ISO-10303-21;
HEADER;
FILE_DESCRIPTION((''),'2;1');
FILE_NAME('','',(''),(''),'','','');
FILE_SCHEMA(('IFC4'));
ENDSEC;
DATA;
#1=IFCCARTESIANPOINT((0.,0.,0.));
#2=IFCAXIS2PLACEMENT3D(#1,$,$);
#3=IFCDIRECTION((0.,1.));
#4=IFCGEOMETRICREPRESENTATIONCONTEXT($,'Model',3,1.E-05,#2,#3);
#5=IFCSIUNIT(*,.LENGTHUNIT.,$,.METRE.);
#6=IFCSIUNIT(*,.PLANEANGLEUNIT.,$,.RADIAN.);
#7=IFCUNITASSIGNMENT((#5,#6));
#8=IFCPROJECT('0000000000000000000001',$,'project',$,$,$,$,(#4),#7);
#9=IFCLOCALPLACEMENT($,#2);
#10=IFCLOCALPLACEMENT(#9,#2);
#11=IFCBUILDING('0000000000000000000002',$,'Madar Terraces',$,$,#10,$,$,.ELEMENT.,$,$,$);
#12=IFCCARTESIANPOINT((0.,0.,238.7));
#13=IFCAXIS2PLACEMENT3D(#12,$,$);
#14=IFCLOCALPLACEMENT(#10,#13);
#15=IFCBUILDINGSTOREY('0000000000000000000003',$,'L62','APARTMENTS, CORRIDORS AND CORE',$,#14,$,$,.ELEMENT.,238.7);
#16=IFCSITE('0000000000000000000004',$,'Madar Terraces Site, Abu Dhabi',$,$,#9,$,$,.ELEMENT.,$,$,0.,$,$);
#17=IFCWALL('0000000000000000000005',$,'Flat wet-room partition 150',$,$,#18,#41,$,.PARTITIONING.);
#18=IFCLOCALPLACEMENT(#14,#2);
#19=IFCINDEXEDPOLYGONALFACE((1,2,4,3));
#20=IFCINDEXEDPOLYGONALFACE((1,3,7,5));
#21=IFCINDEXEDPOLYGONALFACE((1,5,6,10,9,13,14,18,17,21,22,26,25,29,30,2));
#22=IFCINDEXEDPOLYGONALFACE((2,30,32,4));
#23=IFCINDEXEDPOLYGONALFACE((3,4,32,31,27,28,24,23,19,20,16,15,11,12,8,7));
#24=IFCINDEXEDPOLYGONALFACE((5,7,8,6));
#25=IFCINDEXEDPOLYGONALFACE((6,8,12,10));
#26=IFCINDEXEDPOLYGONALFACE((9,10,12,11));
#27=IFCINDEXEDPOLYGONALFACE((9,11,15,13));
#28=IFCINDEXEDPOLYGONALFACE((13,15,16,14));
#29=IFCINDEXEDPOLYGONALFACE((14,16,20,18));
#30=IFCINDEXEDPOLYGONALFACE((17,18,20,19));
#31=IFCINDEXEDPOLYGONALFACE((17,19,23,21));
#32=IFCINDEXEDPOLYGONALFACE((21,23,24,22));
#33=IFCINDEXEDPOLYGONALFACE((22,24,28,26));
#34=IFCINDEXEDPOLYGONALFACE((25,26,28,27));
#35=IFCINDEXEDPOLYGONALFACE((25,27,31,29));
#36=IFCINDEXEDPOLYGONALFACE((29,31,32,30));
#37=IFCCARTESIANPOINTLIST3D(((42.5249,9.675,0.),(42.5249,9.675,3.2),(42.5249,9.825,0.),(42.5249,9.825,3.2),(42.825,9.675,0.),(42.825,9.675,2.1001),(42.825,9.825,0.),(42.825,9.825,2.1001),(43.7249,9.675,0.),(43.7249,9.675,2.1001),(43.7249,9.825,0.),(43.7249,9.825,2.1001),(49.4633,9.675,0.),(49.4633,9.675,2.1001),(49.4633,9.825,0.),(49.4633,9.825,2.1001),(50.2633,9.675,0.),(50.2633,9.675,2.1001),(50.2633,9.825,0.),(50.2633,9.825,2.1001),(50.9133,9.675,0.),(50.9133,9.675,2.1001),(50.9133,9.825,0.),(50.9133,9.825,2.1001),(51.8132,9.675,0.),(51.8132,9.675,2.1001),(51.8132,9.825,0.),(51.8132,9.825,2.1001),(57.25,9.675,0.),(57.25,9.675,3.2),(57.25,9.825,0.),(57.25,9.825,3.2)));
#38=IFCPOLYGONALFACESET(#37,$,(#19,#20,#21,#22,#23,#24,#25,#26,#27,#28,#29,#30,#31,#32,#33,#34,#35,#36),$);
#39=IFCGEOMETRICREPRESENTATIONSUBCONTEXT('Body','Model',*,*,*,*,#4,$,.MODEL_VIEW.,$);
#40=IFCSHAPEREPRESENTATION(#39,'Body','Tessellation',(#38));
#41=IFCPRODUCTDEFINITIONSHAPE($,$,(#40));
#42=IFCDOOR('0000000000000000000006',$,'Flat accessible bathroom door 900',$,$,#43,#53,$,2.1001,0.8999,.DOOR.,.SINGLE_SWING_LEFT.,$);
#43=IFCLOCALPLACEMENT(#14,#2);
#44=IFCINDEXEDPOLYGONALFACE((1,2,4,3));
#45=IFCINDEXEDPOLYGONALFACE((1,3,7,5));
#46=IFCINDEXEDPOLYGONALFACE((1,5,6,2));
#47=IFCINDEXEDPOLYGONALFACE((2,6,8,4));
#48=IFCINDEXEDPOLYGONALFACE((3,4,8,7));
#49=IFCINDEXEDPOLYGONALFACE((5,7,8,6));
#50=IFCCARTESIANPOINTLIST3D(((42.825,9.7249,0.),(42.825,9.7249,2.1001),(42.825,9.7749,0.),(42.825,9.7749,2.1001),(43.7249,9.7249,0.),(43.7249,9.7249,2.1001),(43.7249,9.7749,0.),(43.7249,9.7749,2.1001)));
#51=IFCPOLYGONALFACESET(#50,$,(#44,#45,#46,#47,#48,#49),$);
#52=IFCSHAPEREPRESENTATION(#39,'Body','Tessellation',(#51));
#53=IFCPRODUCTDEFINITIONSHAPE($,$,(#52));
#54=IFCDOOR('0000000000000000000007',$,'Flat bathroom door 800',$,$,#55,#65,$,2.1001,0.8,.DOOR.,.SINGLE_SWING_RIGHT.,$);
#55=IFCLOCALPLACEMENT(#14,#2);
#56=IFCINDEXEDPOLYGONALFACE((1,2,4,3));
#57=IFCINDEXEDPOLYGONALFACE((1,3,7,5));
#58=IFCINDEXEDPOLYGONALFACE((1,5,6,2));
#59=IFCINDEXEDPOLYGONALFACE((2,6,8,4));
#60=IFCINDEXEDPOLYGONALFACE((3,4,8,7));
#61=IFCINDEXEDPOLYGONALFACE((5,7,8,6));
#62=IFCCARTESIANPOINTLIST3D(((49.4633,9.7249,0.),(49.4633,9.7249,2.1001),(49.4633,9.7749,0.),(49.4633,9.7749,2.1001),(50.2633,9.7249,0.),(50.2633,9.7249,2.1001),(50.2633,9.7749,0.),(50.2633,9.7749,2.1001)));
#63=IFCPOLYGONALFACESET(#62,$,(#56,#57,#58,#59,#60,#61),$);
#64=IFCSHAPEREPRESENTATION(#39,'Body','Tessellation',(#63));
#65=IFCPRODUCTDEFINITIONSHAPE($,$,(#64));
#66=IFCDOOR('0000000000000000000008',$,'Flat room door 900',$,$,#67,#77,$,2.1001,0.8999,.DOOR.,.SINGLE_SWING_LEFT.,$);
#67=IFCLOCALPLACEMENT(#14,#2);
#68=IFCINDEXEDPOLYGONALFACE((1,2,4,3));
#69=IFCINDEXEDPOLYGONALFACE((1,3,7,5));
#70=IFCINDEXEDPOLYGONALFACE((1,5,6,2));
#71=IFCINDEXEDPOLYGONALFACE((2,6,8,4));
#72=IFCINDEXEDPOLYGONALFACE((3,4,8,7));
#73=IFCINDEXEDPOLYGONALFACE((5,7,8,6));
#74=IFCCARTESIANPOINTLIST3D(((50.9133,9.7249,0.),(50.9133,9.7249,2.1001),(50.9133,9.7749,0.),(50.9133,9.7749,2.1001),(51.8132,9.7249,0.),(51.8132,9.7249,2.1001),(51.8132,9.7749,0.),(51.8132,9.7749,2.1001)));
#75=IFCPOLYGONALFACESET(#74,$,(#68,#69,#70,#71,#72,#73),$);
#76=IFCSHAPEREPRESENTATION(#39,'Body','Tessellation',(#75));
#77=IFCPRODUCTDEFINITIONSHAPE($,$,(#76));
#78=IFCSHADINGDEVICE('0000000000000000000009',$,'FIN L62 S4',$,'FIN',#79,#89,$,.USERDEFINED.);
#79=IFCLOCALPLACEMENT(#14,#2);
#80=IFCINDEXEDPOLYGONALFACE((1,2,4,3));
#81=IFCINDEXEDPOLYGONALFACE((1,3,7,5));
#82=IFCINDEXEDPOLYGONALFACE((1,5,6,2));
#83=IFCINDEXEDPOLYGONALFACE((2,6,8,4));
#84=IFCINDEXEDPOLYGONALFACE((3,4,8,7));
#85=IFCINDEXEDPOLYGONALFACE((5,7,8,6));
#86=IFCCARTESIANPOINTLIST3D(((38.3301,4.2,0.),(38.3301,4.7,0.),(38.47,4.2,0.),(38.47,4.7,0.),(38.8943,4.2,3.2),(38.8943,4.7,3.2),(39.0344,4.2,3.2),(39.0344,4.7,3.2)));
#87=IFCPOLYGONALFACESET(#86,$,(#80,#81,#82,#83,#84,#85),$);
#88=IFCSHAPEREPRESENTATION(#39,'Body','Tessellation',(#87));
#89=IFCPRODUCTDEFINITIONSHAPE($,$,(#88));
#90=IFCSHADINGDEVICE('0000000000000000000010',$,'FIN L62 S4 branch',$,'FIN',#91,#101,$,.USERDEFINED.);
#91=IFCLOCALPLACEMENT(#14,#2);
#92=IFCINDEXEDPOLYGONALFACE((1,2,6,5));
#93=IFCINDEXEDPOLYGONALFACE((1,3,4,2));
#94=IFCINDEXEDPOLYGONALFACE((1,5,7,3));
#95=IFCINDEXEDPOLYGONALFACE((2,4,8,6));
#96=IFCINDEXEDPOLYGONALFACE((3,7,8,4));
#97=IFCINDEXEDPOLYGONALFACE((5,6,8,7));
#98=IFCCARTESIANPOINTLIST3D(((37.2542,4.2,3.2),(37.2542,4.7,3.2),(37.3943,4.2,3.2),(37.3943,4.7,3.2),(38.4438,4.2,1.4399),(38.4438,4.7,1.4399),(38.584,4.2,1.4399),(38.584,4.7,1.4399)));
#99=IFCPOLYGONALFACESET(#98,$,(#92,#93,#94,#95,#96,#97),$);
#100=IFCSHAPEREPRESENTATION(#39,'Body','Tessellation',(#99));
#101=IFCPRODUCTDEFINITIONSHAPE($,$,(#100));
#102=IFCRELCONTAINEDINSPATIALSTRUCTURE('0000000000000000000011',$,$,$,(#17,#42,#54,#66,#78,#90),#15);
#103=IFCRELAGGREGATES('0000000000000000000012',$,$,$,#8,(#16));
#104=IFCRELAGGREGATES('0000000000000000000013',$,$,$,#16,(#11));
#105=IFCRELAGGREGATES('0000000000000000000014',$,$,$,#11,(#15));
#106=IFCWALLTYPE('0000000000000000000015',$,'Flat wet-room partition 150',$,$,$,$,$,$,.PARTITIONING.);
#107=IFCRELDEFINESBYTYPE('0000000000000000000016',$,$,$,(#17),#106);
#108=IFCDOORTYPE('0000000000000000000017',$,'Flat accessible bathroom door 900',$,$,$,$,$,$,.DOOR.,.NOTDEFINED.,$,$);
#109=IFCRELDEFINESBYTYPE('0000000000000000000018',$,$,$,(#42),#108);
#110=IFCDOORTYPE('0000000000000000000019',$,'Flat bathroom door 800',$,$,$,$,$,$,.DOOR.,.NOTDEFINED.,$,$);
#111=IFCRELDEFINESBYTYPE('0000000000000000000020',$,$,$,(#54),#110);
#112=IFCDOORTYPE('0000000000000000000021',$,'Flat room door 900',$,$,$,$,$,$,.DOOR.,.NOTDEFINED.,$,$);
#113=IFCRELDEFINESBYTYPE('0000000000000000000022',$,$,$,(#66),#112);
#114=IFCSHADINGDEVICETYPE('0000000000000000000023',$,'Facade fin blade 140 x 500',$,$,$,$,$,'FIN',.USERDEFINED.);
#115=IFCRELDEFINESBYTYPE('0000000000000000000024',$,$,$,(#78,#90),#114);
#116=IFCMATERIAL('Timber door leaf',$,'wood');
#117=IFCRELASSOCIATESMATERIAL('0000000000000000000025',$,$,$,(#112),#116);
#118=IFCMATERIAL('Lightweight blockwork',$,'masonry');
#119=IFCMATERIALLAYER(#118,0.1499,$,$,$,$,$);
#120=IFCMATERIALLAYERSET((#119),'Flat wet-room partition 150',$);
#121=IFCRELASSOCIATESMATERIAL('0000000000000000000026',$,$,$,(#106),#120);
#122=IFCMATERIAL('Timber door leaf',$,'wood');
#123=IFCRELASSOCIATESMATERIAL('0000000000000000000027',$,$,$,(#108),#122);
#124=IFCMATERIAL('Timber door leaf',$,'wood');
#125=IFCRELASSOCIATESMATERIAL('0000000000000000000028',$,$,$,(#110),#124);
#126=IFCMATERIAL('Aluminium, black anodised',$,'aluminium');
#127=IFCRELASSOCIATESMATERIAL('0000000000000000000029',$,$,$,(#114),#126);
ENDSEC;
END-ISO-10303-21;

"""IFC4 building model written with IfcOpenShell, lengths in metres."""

from ifc_helpers import new_model, si_unit, direction, frame, frame_2d, origin, place, context, subcontext, project, spatial, polyline, rectangle, outline, extrude, material, layer, layer_set, type_object, element, fill, save


model = new_model("IFC4")

# Units and contexts
model_context = context("Model", 3, precision=1e-05, world=origin(), true_north=direction((0.0, 1.0)))
body_context = subcontext(model_context, "Body", "Model", "MODEL_VIEW")
ifc_project = project(units=[si_unit("LENGTHUNIT", "METRE"), si_unit("PLANEANGLEUNIT", "RADIAN")], contexts=[model_context])

# Site, building, storey
site_placement = place(None, origin())
site = spatial("IfcSite", under=ifc_project, at=site_placement, Name="Madar Terraces Site, Abu Dhabi", CompositionType="ELEMENT", RefElevation=0.0)
building_placement = place(site_placement, origin())
building = spatial("IfcBuilding", under=site, at=building_placement, Name="Madar Terraces", CompositionType="ELEMENT")
storey_placement = place(building_placement, frame((0.0, 0.0, 238.7)))
storey = spatial("IfcBuildingStorey", under=building, at=storey_placement, Name="L62", Description="APARTMENTS, CORRIDORS AND CORE", CompositionType="ELEMENT", Elevation=238.7)

# Shared definitions
ifc_material_1 = material(Name="Timber door leaf", Category="wood")
door_type_1 = type_object("IfcDoorType", Name="Flat room door 900", OperationType="NOTDEFINED", PredefinedType="DOOR", material=ifc_material_1)

# Shared definitions
ifc_material_2 = material(Name="Lightweight blockwork", Category="masonry")
ifc_layer_1 = layer(ifc_material_2, 0.1499)
ifc_layer_set_1 = layer_set([ifc_layer_1], Name="Flat wet-room partition 150")
wall_type_1 = type_object("IfcWallType", Name="Flat wet-room partition 150", PredefinedType="PARTITIONING", material=ifc_layer_set_1)

# Wall, openings, doors
wall_1_placement = place(storey_placement, frame((42.5249, 9.75, 0.0), z_axis=(0.0, 0.0, 1.0), x_axis=(1.0, 0.0, 0.0)))
wall_1 = element("IfcWall", 1, at=wall_1_placement, inside=storey, type_object=wall_type_1, Name="Flat wet-room partition 150", PredefinedType="PARTITIONING", context=body_context, shape_type="SweptSolid", body=[
    extrude(rectangle(XDim=14.7251, YDim=0.1499, at=frame_2d((7.3625, 0.0))), origin(), (0.0, 0.0, 1.0), 3.2),
])
opening_1_placement = place(wall_1_placement, frame((0.3, 0.0, 0.0)))
opening_1 = element("IfcOpeningElement", 2, at=opening_1_placement, cuts=wall_1, PredefinedType="OPENING", context=body_context, shape_type="SweptSolid", body=[
    extrude(rectangle(XDim=0.8999, YDim=2.1001, at=frame_2d((0.45, 1.05))), frame((0.0, 0.085, 0.0), z_axis=(0.0, -1.0, 0.0), x_axis=(1.0, 0.0, 0.0)), (0.0, 0.0, 1.0), 0.1699),
])
opening_2_placement = place(wall_1_placement, frame((6.9385, 0.0, 0.0)))
opening_2 = element("IfcOpeningElement", 3, at=opening_2_placement, cuts=wall_1, PredefinedType="OPENING", context=body_context, shape_type="SweptSolid", body=[
    extrude(rectangle(XDim=0.8, YDim=2.1001, at=frame_2d((0.3999, 1.05))), frame((0.0, 0.085, 0.0), z_axis=(0.0, -1.0, 0.0), x_axis=(1.0, 0.0, 0.0)), (0.0, 0.0, 1.0), 0.1699),
])
opening_3_placement = place(wall_1_placement, frame((8.3884, 0.0, 0.0)))
opening_3 = element("IfcOpeningElement", 4, at=opening_3_placement, cuts=wall_1, PredefinedType="OPENING", context=body_context, shape_type="SweptSolid", body=[
    extrude(rectangle(XDim=0.8999, YDim=2.1001, at=frame_2d((0.45, 1.05))), frame((0.0, 0.085, 0.0), z_axis=(0.0, -1.0, 0.0), x_axis=(1.0, 0.0, 0.0)), (0.0, 0.0, 1.0), 0.1699),
])
ifc_material_3 = material(Name="Timber door leaf", Category="wood")
door_type_2 = type_object("IfcDoorType", Name="Flat accessible bathroom door 900", OperationType="NOTDEFINED", PredefinedType="DOOR", material=ifc_material_3)
door_1_placement = place(opening_1_placement, origin())
door_1 = element("IfcDoor", 5, at=door_1_placement, inside=storey, type_object=door_type_2, Name="Flat accessible bathroom door 900", OperationType="SINGLE_SWING_LEFT", OverallHeight=2.1001, OverallWidth=0.8999, PredefinedType="DOOR", context=body_context, shape_type="SweptSolid", body=[
    extrude(rectangle(XDim=0.8999, YDim=2.1001, at=frame_2d((0.45, 1.05))), frame((0.0, 0.0249, 0.0), z_axis=(0.0, -1.0, 0.0), x_axis=(1.0, 0.0, 0.0)), (0.0, 0.0, 1.0), 0.05),
])
fill(opening_1, door_1)
ifc_material_4 = material(Name="Timber door leaf", Category="wood")
door_type_3 = type_object("IfcDoorType", Name="Flat bathroom door 800", OperationType="NOTDEFINED", PredefinedType="DOOR", material=ifc_material_4)
door_2_placement = place(opening_2_placement, origin())
door_2 = element("IfcDoor", 6, at=door_2_placement, inside=storey, type_object=door_type_3, Name="Flat bathroom door 800", OperationType="SINGLE_SWING_RIGHT", OverallHeight=2.1001, OverallWidth=0.8, PredefinedType="DOOR", context=body_context, shape_type="SweptSolid", body=[
    extrude(rectangle(XDim=0.8, YDim=2.1001, at=frame_2d((0.3999, 1.05))), frame((0.0, 0.0249, 0.0), z_axis=(0.0, -1.0, 0.0), x_axis=(1.0, 0.0, 0.0)), (0.0, 0.0, 1.0), 0.05),
])
fill(opening_2, door_2)
door_3_placement = place(opening_3_placement, origin())
door_3 = element("IfcDoor", 7, at=door_3_placement, inside=storey, type_object=door_type_1, Name="Flat room door 900", OperationType="SINGLE_SWING_LEFT", OverallHeight=2.1001, OverallWidth=0.8999, PredefinedType="DOOR", context=body_context, shape_type="SweptSolid", body=[
    extrude(rectangle(XDim=0.8999, YDim=2.1001, at=frame_2d((0.45, 1.05))), frame((0.0, 0.0249, 0.0), z_axis=(0.0, -1.0, 0.0), x_axis=(1.0, 0.0, 0.0)), (0.0, 0.0, 1.0), 0.05),
])
fill(opening_3, door_3)

# Shading devices
ifc_material_5 = material(Name="Aluminium, black anodised", Category="aluminium")
shading_device_type = type_object("IfcShadingDeviceType", Name="Facade fin blade 140 x 500", ElementType="FIN", PredefinedType="USERDEFINED", material=ifc_material_5)
shading_device_1_placement = place(storey_placement, frame((38.3301, 4.45, 0.0), z_axis=(0.0, 0.0, 1.0), x_axis=(1.0, 0.0, 0.0)))
element("IfcShadingDevice", 8, at=shading_device_1_placement, inside=storey, type_object=shading_device_type, Name="FIN L62 S4", ObjectType="FIN", PredefinedType="USERDEFINED", context=body_context, shape_type="SweptSolid", body=[
    extrude(outline(polyline([(0.0, 0.0), (0.1399, 0.0), (0.7043, 3.2), (0.5642, 3.2), (0.0, 0.0)])), frame((0.0, 0.25, 0.0), z_axis=(0.0, -1.0, 0.0), x_axis=(1.0, 0.0, 0.0)), (0.0, 0.0, 1.0), 0.5),
])
shading_device_2_placement = place(storey_placement, frame((38.4438, 4.45, 1.4399), z_axis=(0.0, 0.0, 1.0), x_axis=(1.0, 0.0, 0.0)))
element("IfcShadingDevice", 9, at=shading_device_2_placement, inside=storey, type_object=shading_device_type, Name="FIN L62 S4 branch", ObjectType="FIN", PredefinedType="USERDEFINED", context=body_context, shape_type="SweptSolid", body=[
    extrude(outline(polyline([(0.0, 0.0), (0.1401, 0.0), (-1.0496, 1.76), (-1.1897, 1.76), (0.0, 0.0)])), frame((0.0, 0.25, 0.0), z_axis=(0.0, -1.0, 0.0), x_axis=(1.0, 0.0, 0.0)), (0.0, 0.0, 1.0), 0.5),
])

save(model, "model.ifc")
